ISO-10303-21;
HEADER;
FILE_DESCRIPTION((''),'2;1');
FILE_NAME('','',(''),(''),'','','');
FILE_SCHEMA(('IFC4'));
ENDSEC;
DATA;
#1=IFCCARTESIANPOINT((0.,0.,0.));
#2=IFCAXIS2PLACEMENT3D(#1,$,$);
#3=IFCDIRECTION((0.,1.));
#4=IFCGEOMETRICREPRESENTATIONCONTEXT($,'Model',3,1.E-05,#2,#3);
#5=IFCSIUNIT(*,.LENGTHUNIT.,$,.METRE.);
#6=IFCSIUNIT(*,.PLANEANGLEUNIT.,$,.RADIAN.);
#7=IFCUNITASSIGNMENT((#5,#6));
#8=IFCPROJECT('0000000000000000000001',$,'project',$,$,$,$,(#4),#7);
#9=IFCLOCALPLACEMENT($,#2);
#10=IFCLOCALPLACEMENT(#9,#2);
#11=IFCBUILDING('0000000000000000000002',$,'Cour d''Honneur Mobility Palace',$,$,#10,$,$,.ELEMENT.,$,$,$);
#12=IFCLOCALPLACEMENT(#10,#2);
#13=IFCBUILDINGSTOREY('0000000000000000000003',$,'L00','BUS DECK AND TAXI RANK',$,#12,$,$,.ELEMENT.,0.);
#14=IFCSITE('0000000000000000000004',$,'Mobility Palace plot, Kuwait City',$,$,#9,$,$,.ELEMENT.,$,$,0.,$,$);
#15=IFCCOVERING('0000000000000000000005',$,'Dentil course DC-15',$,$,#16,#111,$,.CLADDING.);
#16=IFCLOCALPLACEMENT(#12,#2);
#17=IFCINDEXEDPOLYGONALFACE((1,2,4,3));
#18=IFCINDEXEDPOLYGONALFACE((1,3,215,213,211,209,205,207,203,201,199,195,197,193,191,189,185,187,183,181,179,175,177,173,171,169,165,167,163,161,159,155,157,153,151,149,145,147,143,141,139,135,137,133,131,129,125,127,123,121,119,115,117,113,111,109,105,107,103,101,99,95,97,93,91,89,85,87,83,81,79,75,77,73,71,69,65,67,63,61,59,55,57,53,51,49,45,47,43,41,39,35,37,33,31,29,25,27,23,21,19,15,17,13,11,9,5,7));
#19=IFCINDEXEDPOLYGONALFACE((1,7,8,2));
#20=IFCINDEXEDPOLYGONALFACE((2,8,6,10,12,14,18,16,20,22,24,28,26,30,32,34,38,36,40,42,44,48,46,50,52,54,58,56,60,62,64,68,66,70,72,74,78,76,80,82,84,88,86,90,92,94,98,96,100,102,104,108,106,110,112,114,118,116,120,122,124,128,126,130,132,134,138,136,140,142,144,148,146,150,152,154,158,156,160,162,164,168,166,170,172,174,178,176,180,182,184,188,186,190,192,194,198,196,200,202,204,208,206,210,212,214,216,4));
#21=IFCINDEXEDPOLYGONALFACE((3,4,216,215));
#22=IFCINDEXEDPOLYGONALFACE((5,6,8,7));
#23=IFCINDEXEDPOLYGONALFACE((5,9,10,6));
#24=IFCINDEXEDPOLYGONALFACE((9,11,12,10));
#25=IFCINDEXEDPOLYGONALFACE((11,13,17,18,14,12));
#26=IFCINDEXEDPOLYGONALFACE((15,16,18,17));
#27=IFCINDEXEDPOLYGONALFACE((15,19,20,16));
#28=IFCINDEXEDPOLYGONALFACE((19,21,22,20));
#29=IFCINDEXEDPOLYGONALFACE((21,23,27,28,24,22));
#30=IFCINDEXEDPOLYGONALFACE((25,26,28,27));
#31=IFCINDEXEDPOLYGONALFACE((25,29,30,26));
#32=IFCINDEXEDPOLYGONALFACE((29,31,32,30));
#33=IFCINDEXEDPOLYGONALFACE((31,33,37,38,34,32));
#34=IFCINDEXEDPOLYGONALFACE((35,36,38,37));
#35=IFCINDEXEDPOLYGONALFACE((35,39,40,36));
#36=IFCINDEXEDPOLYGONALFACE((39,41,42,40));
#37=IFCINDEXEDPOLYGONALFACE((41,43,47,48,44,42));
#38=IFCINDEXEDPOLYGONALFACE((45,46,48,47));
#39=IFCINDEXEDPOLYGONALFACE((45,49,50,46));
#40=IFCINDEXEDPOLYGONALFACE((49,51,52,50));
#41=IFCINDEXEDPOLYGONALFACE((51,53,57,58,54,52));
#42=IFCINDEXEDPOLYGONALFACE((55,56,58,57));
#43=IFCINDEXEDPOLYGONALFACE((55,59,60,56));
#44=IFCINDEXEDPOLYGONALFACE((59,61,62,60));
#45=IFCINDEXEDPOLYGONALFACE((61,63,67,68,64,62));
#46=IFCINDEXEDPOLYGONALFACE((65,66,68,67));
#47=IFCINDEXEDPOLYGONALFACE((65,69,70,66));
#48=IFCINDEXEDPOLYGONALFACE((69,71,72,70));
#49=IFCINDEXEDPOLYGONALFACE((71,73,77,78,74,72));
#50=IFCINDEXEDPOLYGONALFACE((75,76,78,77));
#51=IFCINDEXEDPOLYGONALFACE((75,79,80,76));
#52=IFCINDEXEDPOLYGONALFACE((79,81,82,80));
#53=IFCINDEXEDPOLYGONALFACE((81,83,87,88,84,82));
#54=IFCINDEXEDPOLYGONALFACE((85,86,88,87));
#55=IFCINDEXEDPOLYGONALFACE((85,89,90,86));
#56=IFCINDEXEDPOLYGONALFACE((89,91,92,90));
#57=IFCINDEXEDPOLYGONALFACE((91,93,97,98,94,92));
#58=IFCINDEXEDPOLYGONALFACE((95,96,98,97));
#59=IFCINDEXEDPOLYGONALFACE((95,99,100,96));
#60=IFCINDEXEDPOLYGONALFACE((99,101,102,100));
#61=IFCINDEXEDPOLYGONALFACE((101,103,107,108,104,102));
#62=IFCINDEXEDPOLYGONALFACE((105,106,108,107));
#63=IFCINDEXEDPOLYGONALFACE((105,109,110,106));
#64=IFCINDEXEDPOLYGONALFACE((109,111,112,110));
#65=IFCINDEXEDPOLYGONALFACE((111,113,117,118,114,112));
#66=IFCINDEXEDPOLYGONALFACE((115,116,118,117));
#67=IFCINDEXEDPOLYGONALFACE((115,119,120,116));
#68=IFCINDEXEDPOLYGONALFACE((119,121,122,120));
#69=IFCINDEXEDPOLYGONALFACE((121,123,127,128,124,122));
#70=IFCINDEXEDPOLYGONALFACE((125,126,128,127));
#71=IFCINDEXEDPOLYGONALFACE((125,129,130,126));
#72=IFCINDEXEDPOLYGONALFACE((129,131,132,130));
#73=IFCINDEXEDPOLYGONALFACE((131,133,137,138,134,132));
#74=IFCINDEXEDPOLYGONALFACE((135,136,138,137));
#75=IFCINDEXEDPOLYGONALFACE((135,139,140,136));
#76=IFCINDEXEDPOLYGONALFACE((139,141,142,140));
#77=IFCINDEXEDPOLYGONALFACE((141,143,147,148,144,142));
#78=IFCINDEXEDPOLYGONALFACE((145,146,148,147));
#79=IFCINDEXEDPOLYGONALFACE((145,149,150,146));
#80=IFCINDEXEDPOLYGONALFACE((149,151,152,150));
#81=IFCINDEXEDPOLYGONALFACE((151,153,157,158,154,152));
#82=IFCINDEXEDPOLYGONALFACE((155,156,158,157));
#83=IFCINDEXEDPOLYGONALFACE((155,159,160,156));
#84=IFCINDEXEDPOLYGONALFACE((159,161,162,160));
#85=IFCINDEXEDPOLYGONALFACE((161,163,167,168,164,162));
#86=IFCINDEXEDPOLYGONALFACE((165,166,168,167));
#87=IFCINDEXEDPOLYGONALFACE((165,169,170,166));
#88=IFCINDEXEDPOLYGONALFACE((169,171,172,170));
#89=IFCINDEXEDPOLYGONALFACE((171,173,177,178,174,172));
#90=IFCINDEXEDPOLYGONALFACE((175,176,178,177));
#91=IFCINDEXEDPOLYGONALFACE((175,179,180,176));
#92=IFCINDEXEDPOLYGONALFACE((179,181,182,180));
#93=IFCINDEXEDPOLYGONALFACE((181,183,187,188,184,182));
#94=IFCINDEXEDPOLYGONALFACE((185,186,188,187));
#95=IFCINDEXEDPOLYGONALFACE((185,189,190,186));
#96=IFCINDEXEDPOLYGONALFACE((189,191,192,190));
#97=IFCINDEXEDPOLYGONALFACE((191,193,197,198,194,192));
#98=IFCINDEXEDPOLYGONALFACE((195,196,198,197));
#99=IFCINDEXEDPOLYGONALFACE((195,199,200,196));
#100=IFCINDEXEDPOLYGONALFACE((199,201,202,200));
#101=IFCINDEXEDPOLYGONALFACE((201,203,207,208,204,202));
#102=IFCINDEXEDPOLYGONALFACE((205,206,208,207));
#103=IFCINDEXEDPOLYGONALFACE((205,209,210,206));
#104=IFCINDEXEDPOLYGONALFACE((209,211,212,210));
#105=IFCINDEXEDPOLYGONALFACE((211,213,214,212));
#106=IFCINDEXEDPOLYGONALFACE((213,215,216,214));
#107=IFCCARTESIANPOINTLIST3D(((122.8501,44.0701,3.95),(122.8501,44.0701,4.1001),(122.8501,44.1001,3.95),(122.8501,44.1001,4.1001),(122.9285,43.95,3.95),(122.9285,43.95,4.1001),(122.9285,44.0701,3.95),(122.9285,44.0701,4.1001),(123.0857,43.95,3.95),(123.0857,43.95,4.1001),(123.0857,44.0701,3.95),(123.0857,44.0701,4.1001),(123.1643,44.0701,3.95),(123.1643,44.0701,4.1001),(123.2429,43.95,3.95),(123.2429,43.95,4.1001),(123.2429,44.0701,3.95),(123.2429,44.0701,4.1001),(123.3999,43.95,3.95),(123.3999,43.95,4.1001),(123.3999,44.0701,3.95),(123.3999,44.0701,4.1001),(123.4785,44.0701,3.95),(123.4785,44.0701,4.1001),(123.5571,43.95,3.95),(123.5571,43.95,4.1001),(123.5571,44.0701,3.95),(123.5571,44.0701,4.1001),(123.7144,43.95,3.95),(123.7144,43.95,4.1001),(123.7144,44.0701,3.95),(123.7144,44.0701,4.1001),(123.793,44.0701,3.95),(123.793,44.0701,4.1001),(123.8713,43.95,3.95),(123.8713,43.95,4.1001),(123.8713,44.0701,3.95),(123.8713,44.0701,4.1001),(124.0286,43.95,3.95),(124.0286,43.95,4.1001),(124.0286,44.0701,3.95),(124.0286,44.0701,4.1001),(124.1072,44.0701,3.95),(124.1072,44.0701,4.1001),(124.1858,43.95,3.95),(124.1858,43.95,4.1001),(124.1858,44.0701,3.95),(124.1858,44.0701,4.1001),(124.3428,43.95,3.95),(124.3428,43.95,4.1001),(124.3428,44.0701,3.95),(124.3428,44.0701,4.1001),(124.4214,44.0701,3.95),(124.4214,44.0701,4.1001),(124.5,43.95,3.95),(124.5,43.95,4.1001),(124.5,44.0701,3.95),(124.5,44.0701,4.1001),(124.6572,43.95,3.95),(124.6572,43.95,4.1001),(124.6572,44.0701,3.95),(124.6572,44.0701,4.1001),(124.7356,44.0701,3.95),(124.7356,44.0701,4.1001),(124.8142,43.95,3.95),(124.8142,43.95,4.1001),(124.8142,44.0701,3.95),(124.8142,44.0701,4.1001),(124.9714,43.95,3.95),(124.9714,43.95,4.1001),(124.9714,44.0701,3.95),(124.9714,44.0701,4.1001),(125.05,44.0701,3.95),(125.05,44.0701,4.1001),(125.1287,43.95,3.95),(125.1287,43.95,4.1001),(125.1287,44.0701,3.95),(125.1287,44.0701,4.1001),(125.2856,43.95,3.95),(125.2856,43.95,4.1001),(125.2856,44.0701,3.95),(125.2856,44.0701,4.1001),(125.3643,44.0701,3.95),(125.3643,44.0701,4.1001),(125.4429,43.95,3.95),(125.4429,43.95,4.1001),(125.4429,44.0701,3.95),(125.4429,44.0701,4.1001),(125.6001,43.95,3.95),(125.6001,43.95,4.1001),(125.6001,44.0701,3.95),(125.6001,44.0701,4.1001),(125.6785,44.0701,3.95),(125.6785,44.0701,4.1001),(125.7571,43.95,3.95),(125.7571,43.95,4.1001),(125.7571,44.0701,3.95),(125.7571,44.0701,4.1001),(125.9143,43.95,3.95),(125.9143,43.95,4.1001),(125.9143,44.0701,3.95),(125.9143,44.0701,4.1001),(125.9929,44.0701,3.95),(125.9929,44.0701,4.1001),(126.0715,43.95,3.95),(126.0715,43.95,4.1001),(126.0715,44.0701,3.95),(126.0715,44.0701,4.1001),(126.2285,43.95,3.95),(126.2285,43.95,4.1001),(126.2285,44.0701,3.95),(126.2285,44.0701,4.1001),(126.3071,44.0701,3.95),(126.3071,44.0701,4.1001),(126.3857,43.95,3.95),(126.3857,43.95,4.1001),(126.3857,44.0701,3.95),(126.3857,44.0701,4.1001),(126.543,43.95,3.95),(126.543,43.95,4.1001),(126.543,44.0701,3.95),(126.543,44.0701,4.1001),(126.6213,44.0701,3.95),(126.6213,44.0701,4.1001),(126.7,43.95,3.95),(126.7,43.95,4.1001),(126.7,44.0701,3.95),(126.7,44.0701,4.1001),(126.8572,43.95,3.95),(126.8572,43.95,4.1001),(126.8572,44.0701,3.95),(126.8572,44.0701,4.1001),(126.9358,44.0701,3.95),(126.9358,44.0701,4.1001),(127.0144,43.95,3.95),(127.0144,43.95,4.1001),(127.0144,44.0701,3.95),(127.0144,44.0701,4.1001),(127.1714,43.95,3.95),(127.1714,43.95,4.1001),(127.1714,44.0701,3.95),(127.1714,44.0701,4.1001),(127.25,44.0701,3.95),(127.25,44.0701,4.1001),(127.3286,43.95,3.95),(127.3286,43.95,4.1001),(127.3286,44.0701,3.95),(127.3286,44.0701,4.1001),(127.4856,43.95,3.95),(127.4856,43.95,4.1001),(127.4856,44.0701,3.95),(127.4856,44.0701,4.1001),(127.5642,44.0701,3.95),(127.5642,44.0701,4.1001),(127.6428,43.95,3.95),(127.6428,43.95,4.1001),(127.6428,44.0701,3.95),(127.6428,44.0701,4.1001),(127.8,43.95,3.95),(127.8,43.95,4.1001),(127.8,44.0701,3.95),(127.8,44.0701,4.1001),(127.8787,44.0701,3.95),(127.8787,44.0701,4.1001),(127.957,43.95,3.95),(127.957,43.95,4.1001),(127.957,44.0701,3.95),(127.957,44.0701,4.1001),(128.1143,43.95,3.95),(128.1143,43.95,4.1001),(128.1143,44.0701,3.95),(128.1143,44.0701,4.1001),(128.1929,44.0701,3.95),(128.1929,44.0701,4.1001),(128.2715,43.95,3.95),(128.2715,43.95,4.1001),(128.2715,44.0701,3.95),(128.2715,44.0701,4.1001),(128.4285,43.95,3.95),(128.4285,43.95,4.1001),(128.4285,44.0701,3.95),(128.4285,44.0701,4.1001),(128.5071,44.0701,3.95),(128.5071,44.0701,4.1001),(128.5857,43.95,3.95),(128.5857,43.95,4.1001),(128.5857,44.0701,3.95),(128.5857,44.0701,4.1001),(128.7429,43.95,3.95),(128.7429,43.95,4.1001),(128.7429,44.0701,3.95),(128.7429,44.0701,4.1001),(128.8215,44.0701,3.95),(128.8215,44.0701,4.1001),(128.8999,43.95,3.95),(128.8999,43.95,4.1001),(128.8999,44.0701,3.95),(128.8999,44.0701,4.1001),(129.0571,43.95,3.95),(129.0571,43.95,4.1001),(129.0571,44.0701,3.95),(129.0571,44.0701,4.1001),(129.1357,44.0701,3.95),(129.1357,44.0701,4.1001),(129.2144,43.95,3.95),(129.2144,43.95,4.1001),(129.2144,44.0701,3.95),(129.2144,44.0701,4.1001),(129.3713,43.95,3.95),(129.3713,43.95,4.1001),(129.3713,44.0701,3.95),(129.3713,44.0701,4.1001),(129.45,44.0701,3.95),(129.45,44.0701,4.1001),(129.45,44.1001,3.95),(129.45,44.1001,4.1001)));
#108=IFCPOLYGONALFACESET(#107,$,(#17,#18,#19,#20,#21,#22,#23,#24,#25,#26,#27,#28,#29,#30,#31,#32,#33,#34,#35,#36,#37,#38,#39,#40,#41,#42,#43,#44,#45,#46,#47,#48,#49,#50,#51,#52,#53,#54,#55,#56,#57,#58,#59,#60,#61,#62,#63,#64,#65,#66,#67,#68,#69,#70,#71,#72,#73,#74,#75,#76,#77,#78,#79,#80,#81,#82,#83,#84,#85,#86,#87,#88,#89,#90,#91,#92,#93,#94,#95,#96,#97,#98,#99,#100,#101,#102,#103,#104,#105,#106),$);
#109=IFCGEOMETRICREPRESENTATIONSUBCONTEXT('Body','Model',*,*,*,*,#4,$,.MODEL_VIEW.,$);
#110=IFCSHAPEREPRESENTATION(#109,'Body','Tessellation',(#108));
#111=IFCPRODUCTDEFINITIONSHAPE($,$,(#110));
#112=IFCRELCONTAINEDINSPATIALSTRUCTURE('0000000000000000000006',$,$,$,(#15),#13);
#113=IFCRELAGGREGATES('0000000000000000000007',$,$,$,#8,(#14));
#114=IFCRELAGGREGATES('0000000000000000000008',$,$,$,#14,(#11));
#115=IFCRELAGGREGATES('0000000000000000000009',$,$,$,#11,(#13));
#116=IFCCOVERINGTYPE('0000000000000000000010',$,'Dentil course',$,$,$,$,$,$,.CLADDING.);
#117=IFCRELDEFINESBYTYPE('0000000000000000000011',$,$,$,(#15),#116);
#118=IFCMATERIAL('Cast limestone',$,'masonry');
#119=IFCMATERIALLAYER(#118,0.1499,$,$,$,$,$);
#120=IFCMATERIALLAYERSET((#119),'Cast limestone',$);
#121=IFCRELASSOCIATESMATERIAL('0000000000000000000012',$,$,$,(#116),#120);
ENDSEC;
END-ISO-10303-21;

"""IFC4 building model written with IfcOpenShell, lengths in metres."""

from ifc_helpers import new_model, si_unit, direction, frame, origin, place, context, subcontext, project, spatial, polyline, outline, extrude, material, layer, layer_set, type_object, element, save


model = new_model("IFC4")

# Units and contexts
model_context = context("Model", 3, precision=1e-05, world=origin(), true_north=direction((0.0, 1.0)))
body_context = subcontext(model_context, "Body", "Model", "MODEL_VIEW")
ifc_project = project(units=[si_unit("LENGTHUNIT", "METRE"), si_unit("PLANEANGLEUNIT", "RADIAN")], contexts=[model_context])

# Site, building, storey
site_placement = place(None, origin())
site = spatial("IfcSite", under=ifc_project, at=site_placement, Name="Mobility Palace plot, Kuwait City", CompositionType="ELEMENT", RefElevation=0.0)
building_placement = place(site_placement, origin())
building = spatial("IfcBuilding", under=site, at=building_placement, Name="Cour d'Honneur Mobility Palace", CompositionType="ELEMENT")
storey_placement = place(building_placement, origin())
storey = spatial("IfcBuildingStorey", under=building, at=storey_placement, Name="L00", Description="BUS DECK AND TAXI RANK", CompositionType="ELEMENT", Elevation=0.0)

# Covering
ifc_material = material(Name="Cast limestone", Category="masonry")
ifc_layer = layer(ifc_material, 0.1499)
ifc_layer_set = layer_set([ifc_layer], Name="Cast limestone")
covering_type = type_object("IfcCoveringType", Name="Dentil course", PredefinedType="CLADDING", material=ifc_layer_set)
covering_1_placement = place(storey_placement, frame((0.0, 0.0, 3.95)))
element("IfcCovering", 1, at=covering_1_placement, inside=storey, type_object=covering_type, Name="Dentil course DC-15", PredefinedType="CLADDING", context=body_context, shape_type="SweptSolid", body=[
    extrude(outline(polyline([(122.8501, 44.1001), (129.45, 44.1001), (129.45, 44.0701), (129.45, 44.0701), (129.3713, 44.0701), (129.3713, 43.95), (129.2144, 43.95), (129.2144, 44.0701), (129.1357, 44.0701), (129.1357, 44.0701), (129.0571, 44.0701), (129.0571, 43.95), (128.8999, 43.95), (128.8999, 44.0701), (128.8215, 44.0701), (128.8215, 44.0701), (128.7429, 44.0701), (128.7429, 43.95), (128.5857, 43.95), (128.5857, 44.0701), (128.5071, 44.0701), (128.5071, 44.0701), (128.4285, 44.0701), (128.4285, 43.95), (128.2715, 43.95), (128.2715, 44.0701), (128.1929, 44.0701), (128.1929, 44.0701), (128.1143, 44.0701), (128.1143, 43.95), (127.957, 43.95), (127.957, 44.0701), (127.8787, 44.0701), (127.8787, 44.0701), (127.8, 44.0701), (127.8, 43.95), (127.6428, 43.95), (127.6428, 44.0701), (127.5642, 44.0701), (127.5642, 44.0701), (127.4856, 44.0701), (127.4856, 43.95), (127.3286, 43.95), (127.3286, 44.0701), (127.25, 44.0701), (127.25, 44.0701), (127.1714, 44.0701), (127.1714, 43.95), (127.0144, 43.95), (127.0144, 44.0701), (126.9358, 44.0701), (126.9358, 44.0701), (126.8572, 44.0701), (126.8572, 43.95), (126.7, 43.95), (126.7, 44.0701), (126.6213, 44.0701), (126.6213, 44.0701), (126.543, 44.0701), (126.543, 43.95), (126.3857, 43.95), (126.3857, 44.0701), (126.3071, 44.0701), (126.3071, 44.0701), (126.2285, 44.0701), (126.2285, 43.95), (126.0715, 43.95), (126.0715, 44.0701), (125.9929, 44.0701), (125.9929, 44.0701), (125.9143, 44.0701), (125.9143, 43.95), (125.7571, 43.95), (125.7571, 44.0701), (125.6785, 44.0701), (125.6785, 44.0701), (125.6001, 44.0701), (125.6001, 43.95), (125.4429, 43.95), (125.4429, 44.0701), (125.3643, 44.0701), (125.3643, 44.0701), (125.2856, 44.0701), (125.2856, 43.95), (125.1287, 43.95), (125.1287, 44.0701), (125.05, 44.0701), (125.05, 44.0701), (124.9714, 44.0701), (124.9714, 43.95), (124.8142, 43.95), (124.8142, 44.0701), (124.7356, 44.0701), (124.7356, 44.0701), (124.6572, 44.0701), (124.6572, 43.95), (124.5, 43.95), (124.5, 44.0701), (124.4214, 44.0701), (124.4214, 44.0701), (124.3428, 44.0701), (124.3428, 43.95), (124.1858, 43.95), (124.1858, 44.0701), (124.1072, 44.0701), (124.1072, 44.0701), (124.0286, 44.0701), (124.0286, 43.95), (123.8713, 43.95), (123.8713, 44.0701), (123.793, 44.0701), (123.793, 44.0701), (123.7144, 44.0701), (123.7144, 43.95), (123.5571, 43.95), (123.5571, 44.0701), (123.4785, 44.0701), (123.4785, 44.0701), (123.3999, 44.0701), (123.3999, 43.95), (123.2429, 43.95), (123.2429, 44.0701), (123.1643, 44.0701), (123.1643, 44.0701), (123.0857, 44.0701), (123.0857, 43.95), (122.9285, 43.95), (122.9285, 44.0701), (122.8501, 44.0701), (122.8501, 44.1001)])), origin(), (0.0, 0.0, 1.0), 0.1501),
])

save(model, "model.ifc")
